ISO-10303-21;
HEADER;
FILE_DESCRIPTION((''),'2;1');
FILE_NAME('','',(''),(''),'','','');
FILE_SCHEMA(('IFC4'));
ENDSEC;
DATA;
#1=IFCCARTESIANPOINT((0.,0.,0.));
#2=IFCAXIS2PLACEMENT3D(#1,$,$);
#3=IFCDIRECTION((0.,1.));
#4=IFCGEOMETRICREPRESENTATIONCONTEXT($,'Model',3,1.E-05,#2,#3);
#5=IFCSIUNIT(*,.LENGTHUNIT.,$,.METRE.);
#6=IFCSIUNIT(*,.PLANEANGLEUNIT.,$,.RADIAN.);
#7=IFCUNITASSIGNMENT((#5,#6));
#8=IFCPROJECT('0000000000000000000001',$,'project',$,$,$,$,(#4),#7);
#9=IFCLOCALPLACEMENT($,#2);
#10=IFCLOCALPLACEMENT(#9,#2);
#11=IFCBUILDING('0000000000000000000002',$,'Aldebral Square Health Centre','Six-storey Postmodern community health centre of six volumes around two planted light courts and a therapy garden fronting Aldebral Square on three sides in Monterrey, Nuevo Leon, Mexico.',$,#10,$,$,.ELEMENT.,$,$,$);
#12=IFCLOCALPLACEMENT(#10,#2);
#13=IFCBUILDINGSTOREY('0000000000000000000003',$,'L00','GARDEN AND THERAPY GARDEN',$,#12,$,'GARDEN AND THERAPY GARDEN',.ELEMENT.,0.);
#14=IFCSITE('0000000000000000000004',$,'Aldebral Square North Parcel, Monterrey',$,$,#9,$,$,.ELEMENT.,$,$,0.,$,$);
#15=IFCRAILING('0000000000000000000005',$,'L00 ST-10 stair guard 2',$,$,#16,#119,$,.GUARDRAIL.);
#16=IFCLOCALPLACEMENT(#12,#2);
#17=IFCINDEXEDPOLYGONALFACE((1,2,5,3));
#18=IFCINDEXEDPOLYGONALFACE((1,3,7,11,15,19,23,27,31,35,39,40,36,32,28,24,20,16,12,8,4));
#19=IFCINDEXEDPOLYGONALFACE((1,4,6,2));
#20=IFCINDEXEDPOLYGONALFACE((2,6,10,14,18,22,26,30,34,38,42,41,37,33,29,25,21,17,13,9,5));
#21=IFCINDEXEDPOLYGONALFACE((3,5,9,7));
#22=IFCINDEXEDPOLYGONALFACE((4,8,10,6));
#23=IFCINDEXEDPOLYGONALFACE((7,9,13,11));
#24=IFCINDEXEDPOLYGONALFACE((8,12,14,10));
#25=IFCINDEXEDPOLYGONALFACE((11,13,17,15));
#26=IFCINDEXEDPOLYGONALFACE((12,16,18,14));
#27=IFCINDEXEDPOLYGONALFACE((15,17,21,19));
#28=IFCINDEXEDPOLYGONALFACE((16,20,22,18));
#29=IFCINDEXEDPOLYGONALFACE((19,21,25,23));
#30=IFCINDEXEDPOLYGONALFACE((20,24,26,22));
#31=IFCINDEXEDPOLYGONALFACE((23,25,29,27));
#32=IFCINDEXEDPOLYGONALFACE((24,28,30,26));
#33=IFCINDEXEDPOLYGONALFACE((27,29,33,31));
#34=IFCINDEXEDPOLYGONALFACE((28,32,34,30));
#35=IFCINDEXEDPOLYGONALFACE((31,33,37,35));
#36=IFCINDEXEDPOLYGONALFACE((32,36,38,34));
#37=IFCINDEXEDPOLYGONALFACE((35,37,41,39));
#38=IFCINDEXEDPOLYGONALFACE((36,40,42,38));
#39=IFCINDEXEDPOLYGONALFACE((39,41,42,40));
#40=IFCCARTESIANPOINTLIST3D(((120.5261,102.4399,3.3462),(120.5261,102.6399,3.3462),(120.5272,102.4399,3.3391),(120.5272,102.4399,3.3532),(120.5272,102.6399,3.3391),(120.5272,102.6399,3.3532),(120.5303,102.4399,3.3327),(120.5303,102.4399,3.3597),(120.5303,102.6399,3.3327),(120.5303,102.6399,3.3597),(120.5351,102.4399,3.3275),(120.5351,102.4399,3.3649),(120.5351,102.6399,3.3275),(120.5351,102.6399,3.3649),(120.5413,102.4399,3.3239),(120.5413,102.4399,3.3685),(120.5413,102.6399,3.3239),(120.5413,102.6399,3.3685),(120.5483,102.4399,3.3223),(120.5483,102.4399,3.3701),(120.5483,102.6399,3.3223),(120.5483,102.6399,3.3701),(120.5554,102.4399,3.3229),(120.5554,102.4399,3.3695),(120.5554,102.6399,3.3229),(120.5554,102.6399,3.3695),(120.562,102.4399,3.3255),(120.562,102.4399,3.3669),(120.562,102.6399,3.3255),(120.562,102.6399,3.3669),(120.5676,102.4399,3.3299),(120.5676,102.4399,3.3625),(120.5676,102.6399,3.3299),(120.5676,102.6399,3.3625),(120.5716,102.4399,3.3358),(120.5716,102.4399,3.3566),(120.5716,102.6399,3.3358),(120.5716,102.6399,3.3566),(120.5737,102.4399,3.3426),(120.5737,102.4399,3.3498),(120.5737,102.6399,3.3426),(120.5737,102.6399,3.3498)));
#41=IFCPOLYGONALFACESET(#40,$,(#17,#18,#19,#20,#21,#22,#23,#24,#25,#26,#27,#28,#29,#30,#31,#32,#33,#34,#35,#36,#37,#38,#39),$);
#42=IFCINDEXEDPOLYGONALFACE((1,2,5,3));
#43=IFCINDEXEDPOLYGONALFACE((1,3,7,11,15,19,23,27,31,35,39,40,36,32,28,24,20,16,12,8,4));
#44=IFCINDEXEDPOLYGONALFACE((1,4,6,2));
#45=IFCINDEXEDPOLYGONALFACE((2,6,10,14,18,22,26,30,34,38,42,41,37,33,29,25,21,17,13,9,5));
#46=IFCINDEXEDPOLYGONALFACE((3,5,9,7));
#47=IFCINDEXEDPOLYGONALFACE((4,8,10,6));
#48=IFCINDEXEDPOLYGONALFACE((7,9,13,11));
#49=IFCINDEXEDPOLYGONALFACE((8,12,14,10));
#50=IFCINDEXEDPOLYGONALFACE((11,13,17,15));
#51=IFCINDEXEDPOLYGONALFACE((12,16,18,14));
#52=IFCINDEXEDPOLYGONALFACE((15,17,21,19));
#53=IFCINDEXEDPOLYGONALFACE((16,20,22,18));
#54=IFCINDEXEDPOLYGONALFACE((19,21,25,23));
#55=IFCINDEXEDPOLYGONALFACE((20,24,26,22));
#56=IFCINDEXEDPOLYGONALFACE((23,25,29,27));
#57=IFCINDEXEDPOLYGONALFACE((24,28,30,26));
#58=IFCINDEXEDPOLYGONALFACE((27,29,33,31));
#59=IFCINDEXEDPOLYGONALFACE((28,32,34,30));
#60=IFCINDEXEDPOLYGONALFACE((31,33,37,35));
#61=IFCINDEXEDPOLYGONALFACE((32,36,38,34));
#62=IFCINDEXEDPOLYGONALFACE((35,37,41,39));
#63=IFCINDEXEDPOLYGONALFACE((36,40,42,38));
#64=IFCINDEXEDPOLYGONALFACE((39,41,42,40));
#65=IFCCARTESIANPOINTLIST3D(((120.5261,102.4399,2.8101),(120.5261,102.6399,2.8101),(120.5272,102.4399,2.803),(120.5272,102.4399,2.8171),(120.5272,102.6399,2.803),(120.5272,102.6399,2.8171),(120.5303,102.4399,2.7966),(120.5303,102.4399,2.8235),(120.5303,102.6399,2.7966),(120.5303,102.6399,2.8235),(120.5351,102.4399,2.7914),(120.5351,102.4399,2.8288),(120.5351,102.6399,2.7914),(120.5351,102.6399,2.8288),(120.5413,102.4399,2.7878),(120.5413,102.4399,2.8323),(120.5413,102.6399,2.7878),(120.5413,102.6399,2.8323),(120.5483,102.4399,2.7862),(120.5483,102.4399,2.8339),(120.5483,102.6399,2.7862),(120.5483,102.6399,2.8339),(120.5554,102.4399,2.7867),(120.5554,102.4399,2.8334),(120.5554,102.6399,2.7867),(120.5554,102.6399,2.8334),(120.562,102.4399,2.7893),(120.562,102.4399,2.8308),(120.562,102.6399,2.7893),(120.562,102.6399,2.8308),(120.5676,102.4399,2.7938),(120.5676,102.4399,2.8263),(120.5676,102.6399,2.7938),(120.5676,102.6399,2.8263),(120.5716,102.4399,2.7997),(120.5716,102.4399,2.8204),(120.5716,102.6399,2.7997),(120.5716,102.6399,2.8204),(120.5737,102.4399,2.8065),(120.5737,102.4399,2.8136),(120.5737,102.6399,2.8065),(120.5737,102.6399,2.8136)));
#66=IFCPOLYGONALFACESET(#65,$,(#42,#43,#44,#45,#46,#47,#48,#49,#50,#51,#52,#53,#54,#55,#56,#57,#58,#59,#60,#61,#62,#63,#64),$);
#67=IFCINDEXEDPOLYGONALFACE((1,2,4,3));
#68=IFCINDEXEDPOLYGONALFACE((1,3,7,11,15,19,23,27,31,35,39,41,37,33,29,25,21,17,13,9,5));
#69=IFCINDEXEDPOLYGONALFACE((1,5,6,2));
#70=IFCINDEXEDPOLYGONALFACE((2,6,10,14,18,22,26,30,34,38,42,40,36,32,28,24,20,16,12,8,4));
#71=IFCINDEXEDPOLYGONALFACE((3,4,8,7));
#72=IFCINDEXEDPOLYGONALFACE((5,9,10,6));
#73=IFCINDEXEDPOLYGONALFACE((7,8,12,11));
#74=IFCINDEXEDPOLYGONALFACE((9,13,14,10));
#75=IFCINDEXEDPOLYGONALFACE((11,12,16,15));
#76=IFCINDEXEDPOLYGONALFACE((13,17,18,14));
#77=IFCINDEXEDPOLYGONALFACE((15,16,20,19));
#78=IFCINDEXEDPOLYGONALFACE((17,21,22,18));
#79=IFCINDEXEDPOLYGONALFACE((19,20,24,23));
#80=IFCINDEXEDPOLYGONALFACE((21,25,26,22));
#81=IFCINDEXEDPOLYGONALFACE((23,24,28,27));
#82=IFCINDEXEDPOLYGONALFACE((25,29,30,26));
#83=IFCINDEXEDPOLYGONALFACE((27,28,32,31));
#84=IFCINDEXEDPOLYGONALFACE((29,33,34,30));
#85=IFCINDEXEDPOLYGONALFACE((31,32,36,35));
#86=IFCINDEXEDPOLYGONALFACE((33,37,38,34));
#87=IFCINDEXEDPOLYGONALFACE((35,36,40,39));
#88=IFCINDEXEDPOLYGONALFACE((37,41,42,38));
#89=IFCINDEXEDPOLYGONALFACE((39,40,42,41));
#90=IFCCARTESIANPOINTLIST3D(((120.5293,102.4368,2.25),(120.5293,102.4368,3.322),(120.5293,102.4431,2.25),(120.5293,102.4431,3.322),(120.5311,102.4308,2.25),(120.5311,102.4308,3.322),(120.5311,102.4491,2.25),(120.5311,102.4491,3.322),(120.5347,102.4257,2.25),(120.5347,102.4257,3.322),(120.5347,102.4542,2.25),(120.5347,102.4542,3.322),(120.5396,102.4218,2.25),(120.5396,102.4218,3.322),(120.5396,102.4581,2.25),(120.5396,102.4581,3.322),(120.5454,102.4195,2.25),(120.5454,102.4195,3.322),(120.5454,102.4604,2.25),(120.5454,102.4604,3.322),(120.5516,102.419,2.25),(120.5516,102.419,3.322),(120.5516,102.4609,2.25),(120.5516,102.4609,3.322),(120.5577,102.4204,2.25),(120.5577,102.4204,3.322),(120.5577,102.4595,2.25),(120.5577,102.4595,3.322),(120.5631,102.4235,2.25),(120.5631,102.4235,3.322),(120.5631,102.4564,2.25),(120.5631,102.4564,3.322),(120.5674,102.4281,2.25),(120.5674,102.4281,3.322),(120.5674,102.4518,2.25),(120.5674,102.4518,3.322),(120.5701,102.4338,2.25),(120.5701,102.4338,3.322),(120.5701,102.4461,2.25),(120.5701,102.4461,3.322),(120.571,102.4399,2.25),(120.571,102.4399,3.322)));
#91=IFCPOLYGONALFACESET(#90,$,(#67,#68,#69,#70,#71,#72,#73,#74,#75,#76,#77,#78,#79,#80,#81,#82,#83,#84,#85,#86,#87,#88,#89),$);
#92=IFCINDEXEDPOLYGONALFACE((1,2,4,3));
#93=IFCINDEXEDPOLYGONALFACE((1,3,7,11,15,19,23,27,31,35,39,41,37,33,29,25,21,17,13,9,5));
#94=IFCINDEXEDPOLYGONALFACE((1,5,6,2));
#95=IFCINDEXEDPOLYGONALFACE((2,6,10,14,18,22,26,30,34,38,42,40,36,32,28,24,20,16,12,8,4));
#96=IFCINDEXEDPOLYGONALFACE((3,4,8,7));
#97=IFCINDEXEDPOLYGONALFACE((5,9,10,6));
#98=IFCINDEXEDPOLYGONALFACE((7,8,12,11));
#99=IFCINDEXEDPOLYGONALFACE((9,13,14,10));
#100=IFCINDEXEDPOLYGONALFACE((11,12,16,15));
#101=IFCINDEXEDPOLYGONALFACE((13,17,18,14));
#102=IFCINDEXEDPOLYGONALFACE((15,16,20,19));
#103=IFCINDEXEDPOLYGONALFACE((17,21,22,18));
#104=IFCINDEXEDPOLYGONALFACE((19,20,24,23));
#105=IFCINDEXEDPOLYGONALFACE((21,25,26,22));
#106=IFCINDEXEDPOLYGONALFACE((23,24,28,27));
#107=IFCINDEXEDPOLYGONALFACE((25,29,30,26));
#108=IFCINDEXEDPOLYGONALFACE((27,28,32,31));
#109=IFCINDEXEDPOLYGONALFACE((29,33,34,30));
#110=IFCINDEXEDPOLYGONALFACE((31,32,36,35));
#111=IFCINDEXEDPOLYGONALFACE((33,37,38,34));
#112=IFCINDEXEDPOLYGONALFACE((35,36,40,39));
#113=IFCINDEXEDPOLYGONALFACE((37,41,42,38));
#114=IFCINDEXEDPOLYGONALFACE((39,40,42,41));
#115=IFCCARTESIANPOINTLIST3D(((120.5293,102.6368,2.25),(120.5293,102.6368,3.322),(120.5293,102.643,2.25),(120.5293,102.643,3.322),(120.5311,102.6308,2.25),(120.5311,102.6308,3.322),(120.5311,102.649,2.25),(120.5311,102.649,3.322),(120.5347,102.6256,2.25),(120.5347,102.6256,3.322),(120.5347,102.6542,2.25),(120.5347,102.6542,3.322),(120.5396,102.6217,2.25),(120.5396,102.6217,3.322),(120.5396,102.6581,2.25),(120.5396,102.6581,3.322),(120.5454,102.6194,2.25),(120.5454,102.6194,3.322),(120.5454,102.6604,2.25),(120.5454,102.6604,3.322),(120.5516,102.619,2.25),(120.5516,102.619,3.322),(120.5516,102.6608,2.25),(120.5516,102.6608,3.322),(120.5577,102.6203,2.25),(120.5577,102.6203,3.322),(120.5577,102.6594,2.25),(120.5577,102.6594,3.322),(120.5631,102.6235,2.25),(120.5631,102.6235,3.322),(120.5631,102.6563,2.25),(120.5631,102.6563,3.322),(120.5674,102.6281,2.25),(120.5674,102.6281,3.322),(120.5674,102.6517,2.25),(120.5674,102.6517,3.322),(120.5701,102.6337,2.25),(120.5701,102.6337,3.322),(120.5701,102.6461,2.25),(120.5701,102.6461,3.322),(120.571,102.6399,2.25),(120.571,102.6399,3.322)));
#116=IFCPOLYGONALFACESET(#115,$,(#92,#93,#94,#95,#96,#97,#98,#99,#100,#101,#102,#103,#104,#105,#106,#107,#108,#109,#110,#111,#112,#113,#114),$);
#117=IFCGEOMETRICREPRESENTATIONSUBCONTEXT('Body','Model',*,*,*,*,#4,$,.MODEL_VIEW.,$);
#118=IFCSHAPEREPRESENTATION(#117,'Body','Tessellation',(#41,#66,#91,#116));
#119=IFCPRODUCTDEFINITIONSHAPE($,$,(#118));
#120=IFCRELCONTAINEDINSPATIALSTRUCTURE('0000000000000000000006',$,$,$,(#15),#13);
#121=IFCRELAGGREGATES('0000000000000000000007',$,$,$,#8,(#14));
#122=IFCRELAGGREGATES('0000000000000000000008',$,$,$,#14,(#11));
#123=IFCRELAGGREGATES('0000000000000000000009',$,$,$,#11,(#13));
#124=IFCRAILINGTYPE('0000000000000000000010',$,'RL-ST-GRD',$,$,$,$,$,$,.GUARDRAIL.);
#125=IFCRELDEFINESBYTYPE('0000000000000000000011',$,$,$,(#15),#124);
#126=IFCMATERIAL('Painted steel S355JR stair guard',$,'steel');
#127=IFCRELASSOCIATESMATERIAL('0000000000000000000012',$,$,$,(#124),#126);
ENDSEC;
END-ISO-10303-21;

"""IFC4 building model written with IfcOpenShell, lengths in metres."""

from ifc_helpers import new_model, si_unit, direction, frame, origin, origin_2d, place, context, subcontext, project, spatial, circle, extrude, material, type_object, element, save


model = new_model("IFC4")

# Units and contexts
model_context = context("Model", 3, precision=1e-05, world=origin(), true_north=direction((0.0, 1.0)))
body_context = subcontext(model_context, "Body", "Model", "MODEL_VIEW")
ifc_project = project(units=[si_unit("LENGTHUNIT", "METRE"), si_unit("PLANEANGLEUNIT", "RADIAN")], contexts=[model_context])

# Site, building, storey
site_placement = place(None, origin())
site = spatial("IfcSite", under=ifc_project, at=site_placement, Name="Aldebral Square North Parcel, Monterrey", CompositionType="ELEMENT", RefElevation=0.0)
building_placement = place(site_placement, origin())
building = spatial("IfcBuilding", under=site, at=building_placement, Name="Aldebral Square Health Centre", Description="Six-storey Postmodern community health centre of six volumes around two planted light courts and a therapy garden fronting Aldebral Square on three sides in Monterrey, Nuevo Leon, Mexico.", CompositionType="ELEMENT")
storey_placement = place(building_placement, origin())
storey = spatial("IfcBuildingStorey", under=building, at=storey_placement, Name="L00", Description="GARDEN AND THERAPY GARDEN", LongName="GARDEN AND THERAPY GARDEN", CompositionType="ELEMENT", Elevation=0.0)

# Railing
ifc_material_1 = material(Name="Painted steel S355JR stair guard", Category="steel")
railing_type_1 = type_object("IfcRailingType", Name="RL-ST-GRD", PredefinedType="GUARDRAIL", material=ifc_material_1)
railing_1_placement = place(storey_placement, frame((120.55, 102.4399, 2.25)))
element("IfcRailing", 1, at=railing_1_placement, inside=storey, type_object=railing_type_1, Name="L00 ST-10 stair guard 2", PredefinedType="GUARDRAIL", context=body_context, shape_type="SweptSolid", body=[
    extrude(circle(Radius=0.0239, at=origin_2d()), frame((0.0, 0.0, 1.0962), z_axis=(0.0, 1.0, 0.0), x_axis=(-1.0, 0.0, 0.0)), (0.0, 0.0, 1.0), 0.2),
    extrude(circle(Radius=0.0239, at=origin_2d()), frame((0.0, 0.0, 0.5601), z_axis=(0.0, 1.0, 0.0), x_axis=(-1.0, 0.0, 0.0)), (0.0, 0.0, 1.0), 0.2),
    extrude(circle(Radius=0.021, at=origin_2d()), origin(), (0.0, 0.0, 1.0), 1.072),
    extrude(circle(Radius=0.021, at=origin_2d()), frame((0.0, 0.2, 0.0)), (0.0, 0.0, 1.0), 1.072),
])

save(model, "model.ifc")
